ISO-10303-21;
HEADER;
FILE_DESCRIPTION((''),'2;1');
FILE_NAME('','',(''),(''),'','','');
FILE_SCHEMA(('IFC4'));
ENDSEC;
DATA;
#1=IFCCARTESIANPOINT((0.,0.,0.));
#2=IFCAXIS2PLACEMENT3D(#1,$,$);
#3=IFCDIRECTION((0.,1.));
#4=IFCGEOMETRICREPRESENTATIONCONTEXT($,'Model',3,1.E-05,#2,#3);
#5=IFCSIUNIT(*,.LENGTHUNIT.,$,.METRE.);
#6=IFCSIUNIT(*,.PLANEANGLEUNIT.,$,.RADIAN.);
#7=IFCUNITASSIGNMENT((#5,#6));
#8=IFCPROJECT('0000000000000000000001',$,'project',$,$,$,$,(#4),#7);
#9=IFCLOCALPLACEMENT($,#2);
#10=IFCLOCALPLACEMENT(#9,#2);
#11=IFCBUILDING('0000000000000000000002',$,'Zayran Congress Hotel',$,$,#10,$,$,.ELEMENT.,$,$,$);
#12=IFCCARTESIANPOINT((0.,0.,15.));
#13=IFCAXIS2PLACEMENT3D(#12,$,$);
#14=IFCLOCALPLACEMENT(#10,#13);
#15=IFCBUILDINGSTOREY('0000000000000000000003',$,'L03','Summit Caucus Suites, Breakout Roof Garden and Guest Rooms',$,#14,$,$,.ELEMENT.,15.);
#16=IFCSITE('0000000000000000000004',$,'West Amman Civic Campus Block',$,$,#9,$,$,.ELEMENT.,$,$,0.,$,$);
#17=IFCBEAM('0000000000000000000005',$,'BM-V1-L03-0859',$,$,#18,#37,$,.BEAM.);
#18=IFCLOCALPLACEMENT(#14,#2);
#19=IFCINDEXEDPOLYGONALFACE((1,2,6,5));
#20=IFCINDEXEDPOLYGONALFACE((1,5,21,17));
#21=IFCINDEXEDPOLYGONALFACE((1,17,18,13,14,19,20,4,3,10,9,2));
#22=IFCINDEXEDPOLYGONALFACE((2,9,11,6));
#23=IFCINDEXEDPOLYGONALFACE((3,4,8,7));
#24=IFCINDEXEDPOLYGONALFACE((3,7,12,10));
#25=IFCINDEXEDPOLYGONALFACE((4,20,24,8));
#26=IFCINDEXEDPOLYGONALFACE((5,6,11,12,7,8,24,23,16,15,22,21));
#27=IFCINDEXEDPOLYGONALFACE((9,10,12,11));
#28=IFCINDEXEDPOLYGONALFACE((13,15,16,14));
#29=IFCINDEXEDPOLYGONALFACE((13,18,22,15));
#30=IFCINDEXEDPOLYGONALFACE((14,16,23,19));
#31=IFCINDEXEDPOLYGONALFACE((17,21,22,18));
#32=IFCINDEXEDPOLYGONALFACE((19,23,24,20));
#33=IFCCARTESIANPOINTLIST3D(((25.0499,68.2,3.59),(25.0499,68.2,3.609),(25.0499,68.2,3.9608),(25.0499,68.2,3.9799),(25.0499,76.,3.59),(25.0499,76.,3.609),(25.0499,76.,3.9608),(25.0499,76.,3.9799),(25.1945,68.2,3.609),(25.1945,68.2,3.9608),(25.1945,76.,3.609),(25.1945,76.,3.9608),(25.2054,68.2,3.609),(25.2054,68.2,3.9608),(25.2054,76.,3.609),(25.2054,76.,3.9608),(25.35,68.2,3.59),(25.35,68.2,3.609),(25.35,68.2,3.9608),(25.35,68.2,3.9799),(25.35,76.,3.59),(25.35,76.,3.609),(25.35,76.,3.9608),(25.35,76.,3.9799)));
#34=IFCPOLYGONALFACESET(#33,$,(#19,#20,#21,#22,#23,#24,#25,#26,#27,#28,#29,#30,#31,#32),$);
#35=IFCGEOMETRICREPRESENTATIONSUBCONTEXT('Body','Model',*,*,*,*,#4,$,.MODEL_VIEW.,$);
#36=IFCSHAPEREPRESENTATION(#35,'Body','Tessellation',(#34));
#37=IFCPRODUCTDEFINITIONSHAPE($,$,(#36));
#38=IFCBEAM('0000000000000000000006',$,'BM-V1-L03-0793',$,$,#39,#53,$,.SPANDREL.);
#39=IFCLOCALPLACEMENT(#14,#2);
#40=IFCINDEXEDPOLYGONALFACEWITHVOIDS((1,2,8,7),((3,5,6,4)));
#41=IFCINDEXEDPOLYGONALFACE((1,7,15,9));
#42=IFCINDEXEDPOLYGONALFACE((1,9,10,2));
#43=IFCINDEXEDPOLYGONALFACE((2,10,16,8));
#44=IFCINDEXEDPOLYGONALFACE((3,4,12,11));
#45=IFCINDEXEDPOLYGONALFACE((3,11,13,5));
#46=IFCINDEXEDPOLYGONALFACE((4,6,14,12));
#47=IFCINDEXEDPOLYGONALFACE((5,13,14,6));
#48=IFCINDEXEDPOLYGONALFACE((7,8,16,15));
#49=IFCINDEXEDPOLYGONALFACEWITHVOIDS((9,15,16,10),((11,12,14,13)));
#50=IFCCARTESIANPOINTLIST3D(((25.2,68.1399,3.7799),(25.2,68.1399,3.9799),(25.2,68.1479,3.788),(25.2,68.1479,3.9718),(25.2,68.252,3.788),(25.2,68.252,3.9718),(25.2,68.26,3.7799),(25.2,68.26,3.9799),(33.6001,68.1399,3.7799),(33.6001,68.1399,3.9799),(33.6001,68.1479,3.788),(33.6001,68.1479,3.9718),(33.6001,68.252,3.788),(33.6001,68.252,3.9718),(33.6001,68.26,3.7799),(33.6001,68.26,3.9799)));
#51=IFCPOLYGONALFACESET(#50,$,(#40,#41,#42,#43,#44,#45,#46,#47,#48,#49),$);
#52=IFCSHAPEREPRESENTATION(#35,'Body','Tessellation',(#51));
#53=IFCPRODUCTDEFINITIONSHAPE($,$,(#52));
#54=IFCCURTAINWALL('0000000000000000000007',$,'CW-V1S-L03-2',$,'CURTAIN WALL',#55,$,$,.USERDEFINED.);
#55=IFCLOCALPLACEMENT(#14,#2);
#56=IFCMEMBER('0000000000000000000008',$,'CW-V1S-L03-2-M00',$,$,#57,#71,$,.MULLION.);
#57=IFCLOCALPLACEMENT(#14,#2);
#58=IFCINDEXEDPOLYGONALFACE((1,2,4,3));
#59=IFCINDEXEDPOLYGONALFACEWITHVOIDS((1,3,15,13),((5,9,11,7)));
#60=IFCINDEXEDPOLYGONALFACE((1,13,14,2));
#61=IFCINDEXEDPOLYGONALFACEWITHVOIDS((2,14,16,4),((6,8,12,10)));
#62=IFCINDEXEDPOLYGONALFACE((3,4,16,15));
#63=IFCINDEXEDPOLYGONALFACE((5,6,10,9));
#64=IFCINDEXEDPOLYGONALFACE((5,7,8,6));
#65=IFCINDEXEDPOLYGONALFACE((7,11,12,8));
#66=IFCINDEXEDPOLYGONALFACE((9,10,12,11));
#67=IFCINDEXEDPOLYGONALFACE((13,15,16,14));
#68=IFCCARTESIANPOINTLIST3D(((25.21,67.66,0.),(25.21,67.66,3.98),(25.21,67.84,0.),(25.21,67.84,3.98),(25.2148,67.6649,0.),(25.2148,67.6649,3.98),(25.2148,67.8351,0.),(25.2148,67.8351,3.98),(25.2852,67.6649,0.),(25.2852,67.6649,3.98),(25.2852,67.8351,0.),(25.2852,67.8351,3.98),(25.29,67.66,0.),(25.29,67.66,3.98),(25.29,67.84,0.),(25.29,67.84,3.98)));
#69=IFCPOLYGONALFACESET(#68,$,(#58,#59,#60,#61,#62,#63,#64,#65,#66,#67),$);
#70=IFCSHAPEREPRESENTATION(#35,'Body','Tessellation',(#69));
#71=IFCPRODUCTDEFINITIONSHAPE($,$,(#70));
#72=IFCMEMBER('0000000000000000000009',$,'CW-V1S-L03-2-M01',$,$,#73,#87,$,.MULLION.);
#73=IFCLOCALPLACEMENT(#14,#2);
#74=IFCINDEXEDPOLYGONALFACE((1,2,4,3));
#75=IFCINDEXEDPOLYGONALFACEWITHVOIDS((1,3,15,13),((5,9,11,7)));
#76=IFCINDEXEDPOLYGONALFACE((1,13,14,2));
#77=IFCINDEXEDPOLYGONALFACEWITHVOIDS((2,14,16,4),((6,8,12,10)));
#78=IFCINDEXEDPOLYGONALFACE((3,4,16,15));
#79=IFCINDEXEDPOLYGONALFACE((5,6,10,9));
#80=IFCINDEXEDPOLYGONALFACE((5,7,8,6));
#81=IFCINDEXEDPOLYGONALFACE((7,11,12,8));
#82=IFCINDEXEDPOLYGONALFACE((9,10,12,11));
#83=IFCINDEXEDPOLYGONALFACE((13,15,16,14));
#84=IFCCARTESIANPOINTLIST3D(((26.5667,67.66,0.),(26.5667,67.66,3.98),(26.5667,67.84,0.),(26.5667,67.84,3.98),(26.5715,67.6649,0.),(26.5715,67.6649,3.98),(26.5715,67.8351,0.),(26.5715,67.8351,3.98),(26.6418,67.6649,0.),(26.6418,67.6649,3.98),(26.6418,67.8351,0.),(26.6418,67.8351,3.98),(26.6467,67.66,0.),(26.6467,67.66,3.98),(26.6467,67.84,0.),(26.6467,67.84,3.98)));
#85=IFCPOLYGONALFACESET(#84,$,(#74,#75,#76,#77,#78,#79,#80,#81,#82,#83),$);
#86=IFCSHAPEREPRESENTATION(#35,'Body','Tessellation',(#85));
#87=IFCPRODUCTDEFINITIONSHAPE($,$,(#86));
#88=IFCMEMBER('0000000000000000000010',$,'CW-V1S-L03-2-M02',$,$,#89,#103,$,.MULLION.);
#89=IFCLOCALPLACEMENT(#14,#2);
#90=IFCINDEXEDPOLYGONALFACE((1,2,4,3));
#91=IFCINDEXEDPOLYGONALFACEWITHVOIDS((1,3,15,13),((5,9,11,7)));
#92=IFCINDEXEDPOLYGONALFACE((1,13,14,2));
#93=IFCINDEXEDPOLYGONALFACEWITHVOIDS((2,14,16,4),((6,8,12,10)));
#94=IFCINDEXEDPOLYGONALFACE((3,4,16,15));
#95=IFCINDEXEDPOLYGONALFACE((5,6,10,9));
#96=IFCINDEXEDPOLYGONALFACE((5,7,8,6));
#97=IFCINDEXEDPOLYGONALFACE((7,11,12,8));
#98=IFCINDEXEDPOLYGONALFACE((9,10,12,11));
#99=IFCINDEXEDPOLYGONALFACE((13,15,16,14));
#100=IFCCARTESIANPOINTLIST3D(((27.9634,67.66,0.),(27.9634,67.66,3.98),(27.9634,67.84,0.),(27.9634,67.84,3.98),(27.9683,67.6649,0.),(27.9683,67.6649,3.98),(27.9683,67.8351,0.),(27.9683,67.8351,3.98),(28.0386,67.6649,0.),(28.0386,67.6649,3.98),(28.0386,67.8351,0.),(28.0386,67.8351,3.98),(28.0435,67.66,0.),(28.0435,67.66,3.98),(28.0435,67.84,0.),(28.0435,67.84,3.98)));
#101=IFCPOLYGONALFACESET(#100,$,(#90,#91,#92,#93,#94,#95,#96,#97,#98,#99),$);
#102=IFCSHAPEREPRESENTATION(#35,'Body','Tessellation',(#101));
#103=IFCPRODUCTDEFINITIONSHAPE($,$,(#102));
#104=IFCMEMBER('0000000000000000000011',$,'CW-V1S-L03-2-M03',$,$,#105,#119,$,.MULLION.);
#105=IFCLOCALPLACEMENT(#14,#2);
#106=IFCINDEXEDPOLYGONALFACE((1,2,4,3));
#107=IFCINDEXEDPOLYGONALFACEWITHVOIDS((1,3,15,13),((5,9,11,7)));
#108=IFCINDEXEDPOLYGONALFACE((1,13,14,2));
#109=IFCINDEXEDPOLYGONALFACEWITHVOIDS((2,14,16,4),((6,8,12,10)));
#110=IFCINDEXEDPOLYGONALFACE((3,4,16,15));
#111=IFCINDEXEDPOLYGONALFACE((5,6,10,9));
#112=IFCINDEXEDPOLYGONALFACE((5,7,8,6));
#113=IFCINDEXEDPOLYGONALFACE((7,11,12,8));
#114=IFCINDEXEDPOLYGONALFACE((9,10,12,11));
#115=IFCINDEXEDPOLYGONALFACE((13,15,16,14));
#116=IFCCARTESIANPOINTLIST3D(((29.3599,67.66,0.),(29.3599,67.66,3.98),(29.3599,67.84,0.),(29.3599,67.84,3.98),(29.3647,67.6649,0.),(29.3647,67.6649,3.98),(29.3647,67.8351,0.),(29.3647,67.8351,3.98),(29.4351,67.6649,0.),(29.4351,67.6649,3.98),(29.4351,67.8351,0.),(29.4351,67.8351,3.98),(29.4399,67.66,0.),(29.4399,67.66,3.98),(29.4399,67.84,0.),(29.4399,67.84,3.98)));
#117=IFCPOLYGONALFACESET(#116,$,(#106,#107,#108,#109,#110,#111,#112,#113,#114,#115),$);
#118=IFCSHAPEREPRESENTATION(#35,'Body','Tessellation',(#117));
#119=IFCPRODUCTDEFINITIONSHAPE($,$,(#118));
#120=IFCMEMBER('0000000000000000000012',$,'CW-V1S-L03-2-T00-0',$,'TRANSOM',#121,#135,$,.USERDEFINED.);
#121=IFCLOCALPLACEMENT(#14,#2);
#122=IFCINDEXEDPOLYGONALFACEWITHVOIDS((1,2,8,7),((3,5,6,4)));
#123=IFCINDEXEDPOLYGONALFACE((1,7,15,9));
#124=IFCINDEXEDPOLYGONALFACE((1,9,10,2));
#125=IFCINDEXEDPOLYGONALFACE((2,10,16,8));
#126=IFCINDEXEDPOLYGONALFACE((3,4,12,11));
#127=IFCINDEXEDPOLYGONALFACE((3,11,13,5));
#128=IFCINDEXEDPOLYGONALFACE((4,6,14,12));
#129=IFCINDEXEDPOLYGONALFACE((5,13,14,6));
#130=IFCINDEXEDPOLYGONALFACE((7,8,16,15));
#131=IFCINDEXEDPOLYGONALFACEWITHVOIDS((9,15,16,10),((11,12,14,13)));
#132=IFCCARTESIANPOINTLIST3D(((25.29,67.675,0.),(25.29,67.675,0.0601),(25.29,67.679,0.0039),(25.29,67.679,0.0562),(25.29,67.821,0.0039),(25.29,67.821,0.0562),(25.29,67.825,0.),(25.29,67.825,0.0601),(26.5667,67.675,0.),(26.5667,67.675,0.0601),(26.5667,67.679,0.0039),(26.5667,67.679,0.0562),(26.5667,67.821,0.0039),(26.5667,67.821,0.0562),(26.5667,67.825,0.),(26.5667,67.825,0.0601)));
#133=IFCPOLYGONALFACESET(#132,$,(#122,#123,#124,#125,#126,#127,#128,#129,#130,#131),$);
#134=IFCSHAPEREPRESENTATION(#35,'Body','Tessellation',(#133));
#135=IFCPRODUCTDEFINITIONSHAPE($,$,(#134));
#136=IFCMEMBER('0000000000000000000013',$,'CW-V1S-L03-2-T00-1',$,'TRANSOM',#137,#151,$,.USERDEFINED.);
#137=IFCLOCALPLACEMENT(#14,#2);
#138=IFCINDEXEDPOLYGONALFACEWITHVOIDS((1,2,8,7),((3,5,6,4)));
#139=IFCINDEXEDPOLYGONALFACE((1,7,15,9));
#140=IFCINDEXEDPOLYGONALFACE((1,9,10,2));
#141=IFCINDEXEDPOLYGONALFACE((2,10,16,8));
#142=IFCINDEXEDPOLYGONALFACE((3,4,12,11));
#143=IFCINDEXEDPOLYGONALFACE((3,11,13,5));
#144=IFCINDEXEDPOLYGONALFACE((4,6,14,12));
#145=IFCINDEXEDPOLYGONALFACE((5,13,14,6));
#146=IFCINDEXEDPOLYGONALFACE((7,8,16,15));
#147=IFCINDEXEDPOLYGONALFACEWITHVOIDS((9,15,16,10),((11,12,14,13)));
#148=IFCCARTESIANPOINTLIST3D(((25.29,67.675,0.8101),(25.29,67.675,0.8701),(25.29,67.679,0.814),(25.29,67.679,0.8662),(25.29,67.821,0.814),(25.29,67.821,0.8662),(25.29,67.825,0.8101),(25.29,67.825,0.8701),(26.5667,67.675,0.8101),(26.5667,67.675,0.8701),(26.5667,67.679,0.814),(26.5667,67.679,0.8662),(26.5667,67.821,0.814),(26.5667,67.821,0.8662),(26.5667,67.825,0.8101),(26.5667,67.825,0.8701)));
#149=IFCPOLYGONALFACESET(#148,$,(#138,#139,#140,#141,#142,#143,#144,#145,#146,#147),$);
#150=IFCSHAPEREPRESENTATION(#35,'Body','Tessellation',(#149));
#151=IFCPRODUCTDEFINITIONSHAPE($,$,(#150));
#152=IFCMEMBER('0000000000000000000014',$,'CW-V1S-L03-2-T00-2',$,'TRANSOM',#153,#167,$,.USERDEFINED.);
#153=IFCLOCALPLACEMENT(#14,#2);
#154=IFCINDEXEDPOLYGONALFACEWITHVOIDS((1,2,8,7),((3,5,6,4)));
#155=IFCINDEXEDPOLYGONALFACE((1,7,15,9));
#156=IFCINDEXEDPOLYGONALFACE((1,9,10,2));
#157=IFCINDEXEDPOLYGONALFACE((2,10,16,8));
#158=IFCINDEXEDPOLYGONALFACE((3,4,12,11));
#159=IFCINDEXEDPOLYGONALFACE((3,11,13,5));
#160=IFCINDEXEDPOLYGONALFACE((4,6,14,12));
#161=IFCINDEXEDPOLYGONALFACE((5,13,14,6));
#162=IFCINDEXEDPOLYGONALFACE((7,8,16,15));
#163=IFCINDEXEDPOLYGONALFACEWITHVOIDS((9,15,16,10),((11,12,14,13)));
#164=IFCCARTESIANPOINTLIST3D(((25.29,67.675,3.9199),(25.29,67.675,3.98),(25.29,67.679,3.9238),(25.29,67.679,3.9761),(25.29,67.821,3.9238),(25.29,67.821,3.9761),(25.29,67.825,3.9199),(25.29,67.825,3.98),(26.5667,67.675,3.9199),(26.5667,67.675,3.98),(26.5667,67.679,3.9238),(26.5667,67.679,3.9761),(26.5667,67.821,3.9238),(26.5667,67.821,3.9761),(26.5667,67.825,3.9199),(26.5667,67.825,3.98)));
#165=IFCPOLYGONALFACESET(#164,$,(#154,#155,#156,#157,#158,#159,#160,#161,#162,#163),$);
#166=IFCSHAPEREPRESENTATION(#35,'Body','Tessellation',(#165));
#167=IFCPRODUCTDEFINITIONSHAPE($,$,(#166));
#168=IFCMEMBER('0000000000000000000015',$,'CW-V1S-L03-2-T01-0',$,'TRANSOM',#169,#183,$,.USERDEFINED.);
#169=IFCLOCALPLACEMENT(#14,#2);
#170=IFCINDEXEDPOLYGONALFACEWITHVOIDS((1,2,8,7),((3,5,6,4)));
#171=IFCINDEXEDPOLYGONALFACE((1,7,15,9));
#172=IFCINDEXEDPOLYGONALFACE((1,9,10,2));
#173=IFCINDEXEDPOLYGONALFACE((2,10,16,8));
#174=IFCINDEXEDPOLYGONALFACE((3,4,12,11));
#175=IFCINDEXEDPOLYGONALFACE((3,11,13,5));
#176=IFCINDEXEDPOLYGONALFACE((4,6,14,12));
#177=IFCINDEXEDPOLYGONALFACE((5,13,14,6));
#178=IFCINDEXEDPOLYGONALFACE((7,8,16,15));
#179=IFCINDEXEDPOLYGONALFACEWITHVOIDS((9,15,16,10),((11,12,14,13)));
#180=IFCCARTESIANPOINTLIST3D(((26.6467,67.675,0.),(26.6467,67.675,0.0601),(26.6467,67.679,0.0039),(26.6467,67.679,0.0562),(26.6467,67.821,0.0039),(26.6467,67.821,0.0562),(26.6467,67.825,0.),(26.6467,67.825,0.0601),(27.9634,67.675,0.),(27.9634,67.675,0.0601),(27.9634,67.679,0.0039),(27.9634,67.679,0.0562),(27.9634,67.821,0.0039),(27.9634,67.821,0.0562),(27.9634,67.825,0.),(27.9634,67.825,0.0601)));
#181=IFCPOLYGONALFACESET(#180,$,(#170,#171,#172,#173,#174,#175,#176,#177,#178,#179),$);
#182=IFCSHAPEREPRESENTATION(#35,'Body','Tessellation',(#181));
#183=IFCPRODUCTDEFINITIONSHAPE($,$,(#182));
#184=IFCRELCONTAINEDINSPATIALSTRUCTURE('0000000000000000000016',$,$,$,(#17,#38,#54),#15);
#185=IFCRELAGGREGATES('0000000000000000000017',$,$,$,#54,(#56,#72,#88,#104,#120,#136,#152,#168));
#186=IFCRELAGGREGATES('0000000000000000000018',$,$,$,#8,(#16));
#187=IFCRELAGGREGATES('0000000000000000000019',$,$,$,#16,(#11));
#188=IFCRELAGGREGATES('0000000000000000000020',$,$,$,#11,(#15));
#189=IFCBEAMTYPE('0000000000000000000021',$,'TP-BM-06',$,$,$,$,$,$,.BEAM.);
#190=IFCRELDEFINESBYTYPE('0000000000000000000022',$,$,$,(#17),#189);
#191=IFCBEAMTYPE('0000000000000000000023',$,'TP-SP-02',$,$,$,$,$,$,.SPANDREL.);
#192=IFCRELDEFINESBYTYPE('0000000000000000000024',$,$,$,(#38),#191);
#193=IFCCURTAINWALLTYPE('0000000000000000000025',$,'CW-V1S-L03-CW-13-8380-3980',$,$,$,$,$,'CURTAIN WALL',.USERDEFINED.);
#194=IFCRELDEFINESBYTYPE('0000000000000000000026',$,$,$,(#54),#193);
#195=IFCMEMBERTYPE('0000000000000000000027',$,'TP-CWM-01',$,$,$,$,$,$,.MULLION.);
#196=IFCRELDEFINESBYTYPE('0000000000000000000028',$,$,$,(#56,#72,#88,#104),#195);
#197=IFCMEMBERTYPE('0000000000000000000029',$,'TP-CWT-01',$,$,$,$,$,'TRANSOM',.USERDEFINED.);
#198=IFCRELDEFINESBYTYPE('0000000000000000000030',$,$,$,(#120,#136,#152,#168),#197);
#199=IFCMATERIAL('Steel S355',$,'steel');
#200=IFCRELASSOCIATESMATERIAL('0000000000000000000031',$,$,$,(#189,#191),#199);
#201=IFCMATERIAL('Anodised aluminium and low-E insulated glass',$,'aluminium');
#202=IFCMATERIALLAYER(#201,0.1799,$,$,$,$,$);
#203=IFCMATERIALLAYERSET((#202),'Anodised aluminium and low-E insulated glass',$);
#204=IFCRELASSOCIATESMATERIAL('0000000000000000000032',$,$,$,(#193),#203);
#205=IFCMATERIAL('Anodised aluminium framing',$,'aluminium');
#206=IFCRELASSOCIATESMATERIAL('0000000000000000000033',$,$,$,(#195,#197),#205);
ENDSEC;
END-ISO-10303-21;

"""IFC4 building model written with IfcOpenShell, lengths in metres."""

from ifc_helpers import new_model, si_unit, direction, frame, origin, origin_2d, place, context, subcontext, project, spatial, hollow_rectangle, i_section, extrude, material, layer, layer_set, material_profile, profile_set, type_object, element, aggregate, save


model = new_model("IFC4")

# Units and contexts
model_context = context("Model", 3, precision=1e-05, world=origin(), true_north=direction((0.0, 1.0)))
body_context = subcontext(model_context, "Body", "Model", "MODEL_VIEW")
ifc_project = project(units=[si_unit("LENGTHUNIT", "METRE"), si_unit("PLANEANGLEUNIT", "RADIAN")], contexts=[model_context])

# Site, building, storey
site_placement = place(None, origin())
site = spatial("IfcSite", under=ifc_project, at=site_placement, Name="West Amman Civic Campus Block", CompositionType="ELEMENT", RefElevation=0.0)
building_placement = place(site_placement, origin())
building = spatial("IfcBuilding", under=site, at=building_placement, Name="Zayran Congress Hotel", CompositionType="ELEMENT")
storey_placement = place(building_placement, frame((0.0, 0.0, 15.0)))
storey = spatial("IfcBuildingStorey", under=building, at=storey_placement, Name="L03", Description="Summit Caucus Suites, Breakout Roof Garden and Guest Rooms", CompositionType="ELEMENT", Elevation=15.0)

# Beams
ifc_material_1 = material(Name="Steel S355", Category="steel")
ifc_material_profile_1 = material_profile(ifc_material_1, i_section(OverallWidth=0.3, OverallDepth=0.3899, WebThickness=0.011, FlangeThickness=0.019, at=origin_2d()), Name="HEA 400")
ifc_profile_set_1 = profile_set([ifc_material_profile_1], Name="Steel S355")
beam_type_1 = type_object("IfcBeamType", Name="TP-BM-06", PredefinedType="BEAM", material=ifc_profile_set_1)
beam_1_placement = place(storey_placement, frame((25.2, 68.2, 3.7849), z_axis=(0.0, 1.0, 0.0), x_axis=(-1.0, 0.0, 0.0)))
element("IfcBeam", 1, at=beam_1_placement, inside=storey, type_object=beam_type_1, Name="BM-V1-L03-0859", PredefinedType="BEAM", context=body_context, shape_type="SweptSolid", body=[
    extrude(i_section(OverallWidth=0.3, OverallDepth=0.3899, WebThickness=0.011, FlangeThickness=0.019, at=origin_2d()), origin(), (0.0, 0.0, 1.0), 7.8),
])
ifc_material_profile_2 = material_profile(ifc_material_1, hollow_rectangle(XDim=0.1201, YDim=0.2, WallThickness=0.0081, at=origin_2d()), Name="RHS 200x120x8")
ifc_profile_set_2 = profile_set([ifc_material_profile_2], Name="Steel S355")
beam_type_2 = type_object("IfcBeamType", Name="TP-SP-02", PredefinedType="SPANDREL", material=ifc_profile_set_2)
beam_2_placement = place(storey_placement, frame((25.2, 68.2, 3.8799), z_axis=(1.0, 0.0, 0.0), x_axis=(0.0, 1.0, 0.0)))
element("IfcBeam", 2, at=beam_2_placement, inside=storey, type_object=beam_type_2, Name="BM-V1-L03-0793", PredefinedType="SPANDREL", context=body_context, shape_type="SweptSolid", body=[
    extrude(hollow_rectangle(XDim=0.1201, YDim=0.2, WallThickness=0.0081, at=origin_2d()), origin(), (0.0, 0.0, 1.0), 8.4001),
])

# Curtain wall, members
ifc_material_2 = material(Name="Anodised aluminium and low-E insulated glass", Category="aluminium")
ifc_layer_1 = layer(ifc_material_2, 0.1799)
ifc_layer_set_1 = layer_set([ifc_layer_1], Name="Anodised aluminium and low-E insulated glass")
curtain_wall_type = type_object("IfcCurtainWallType", Name="CW-V1S-L03-CW-13-8380-3980", ElementType="CURTAIN WALL", PredefinedType="USERDEFINED", material=ifc_layer_set_1)
curtain_wall_placement = place(storey_placement, origin())
curtain_wall = element("IfcCurtainWall", 3, at=curtain_wall_placement, inside=storey, type_object=curtain_wall_type, Name="CW-V1S-L03-2", ObjectType="CURTAIN WALL", PredefinedType="USERDEFINED")
ifc_material_3 = material(Name="Anodised aluminium framing", Category="aluminium")
ifc_material_profile_3 = material_profile(ifc_material_3, hollow_rectangle(XDim=0.0801, YDim=0.1799, WallThickness=0.0049, at=origin_2d()), Name="RHS 180x80x5")
ifc_profile_set_3 = profile_set([ifc_material_profile_3], Name="Anodised aluminium framing")
member_type_1 = type_object("IfcMemberType", Name="TP-CWM-01", PredefinedType="MULLION", material=ifc_profile_set_3)
member_1_placement = place(storey_placement, frame((25.25, 67.75, 0.0), z_axis=(0.0, 0.0, 1.0), x_axis=(1.0, 0.0, 0.0)))
member_1 = element("IfcMember", 4, at=member_1_placement, type_object=member_type_1, Name="CW-V1S-L03-2-M00", PredefinedType="MULLION", context=body_context, shape_type="SweptSolid", body=[
    extrude(hollow_rectangle(XDim=0.0801, YDim=0.1799, WallThickness=0.0049, at=origin_2d()), origin(), (0.0, 0.0, 1.0), 3.98),
])
member_2_placement = place(storey_placement, frame((26.6067, 67.75, 0.0), z_axis=(0.0, 0.0, 1.0), x_axis=(1.0, 0.0, 0.0)))
member_2 = element("IfcMember", 5, at=member_2_placement, type_object=member_type_1, Name="CW-V1S-L03-2-M01", PredefinedType="MULLION", context=body_context, shape_type="SweptSolid", body=[
    extrude(hollow_rectangle(XDim=0.0801, YDim=0.1799, WallThickness=0.0049, at=origin_2d()), origin(), (0.0, 0.0, 1.0), 3.98),
])
member_3_placement = place(storey_placement, frame((28.0034, 67.75, 0.0), z_axis=(0.0, 0.0, 1.0), x_axis=(1.0, 0.0, 0.0)))
member_3 = element("IfcMember", 6, at=member_3_placement, type_object=member_type_1, Name="CW-V1S-L03-2-M02", PredefinedType="MULLION", context=body_context, shape_type="SweptSolid", body=[
    extrude(hollow_rectangle(XDim=0.0801, YDim=0.1799, WallThickness=0.0049, at=origin_2d()), origin(), (0.0, 0.0, 1.0), 3.98),
])
member_4_placement = place(storey_placement, frame((29.3999, 67.75, 0.0), z_axis=(0.0, 0.0, 1.0), x_axis=(1.0, 0.0, 0.0)))
member_4 = element("IfcMember", 7, at=member_4_placement, type_object=member_type_1, Name="CW-V1S-L03-2-M03", PredefinedType="MULLION", context=body_context, shape_type="SweptSolid", body=[
    extrude(hollow_rectangle(XDim=0.0801, YDim=0.1799, WallThickness=0.0049, at=origin_2d()), origin(), (0.0, 0.0, 1.0), 3.98),
])
ifc_material_profile_4 = material_profile(ifc_material_3, hollow_rectangle(XDim=0.0601, YDim=0.1499, WallThickness=0.0039, at=origin_2d()), Name="RHS 150x60x4")
ifc_profile_set_4 = profile_set([ifc_material_profile_4], Name="Anodised aluminium framing")
member_type_2 = type_object("IfcMemberType", Name="TP-CWT-01", ElementType="TRANSOM", PredefinedType="USERDEFINED", material=ifc_profile_set_4)
member_5_placement = place(storey_placement, frame((25.29, 67.75, 0.03), z_axis=(1.0, 0.0, 0.0), x_axis=(0.0, 0.0, 1.0)))
member_5 = element("IfcMember", 8, at=member_5_placement, type_object=member_type_2, Name="CW-V1S-L03-2-T00-0", ObjectType="TRANSOM", PredefinedType="USERDEFINED", context=body_context, shape_type="SweptSolid", body=[
    extrude(hollow_rectangle(XDim=0.0601, YDim=0.1499, WallThickness=0.0039, at=origin_2d()), origin(), (0.0, 0.0, 1.0), 1.2766),
])
member_6_placement = place(storey_placement, frame((25.29, 67.75, 0.8401), z_axis=(1.0, 0.0, 0.0), x_axis=(0.0, 0.0, 1.0)))
member_6 = element("IfcMember", 9, at=member_6_placement, type_object=member_type_2, Name="CW-V1S-L03-2-T00-1", ObjectType="TRANSOM", PredefinedType="USERDEFINED", context=body_context, shape_type="SweptSolid", body=[
    extrude(hollow_rectangle(XDim=0.0601, YDim=0.1499, WallThickness=0.0039, at=origin_2d()), origin(), (0.0, 0.0, 1.0), 1.2766),
])
member_7_placement = place(storey_placement, frame((25.29, 67.75, 3.95), z_axis=(1.0, 0.0, 0.0), x_axis=(0.0, 0.0, 1.0)))
member_7 = element("IfcMember", 10, at=member_7_placement, type_object=member_type_2, Name="CW-V1S-L03-2-T00-2", ObjectType="TRANSOM", PredefinedType="USERDEFINED", context=body_context, shape_type="SweptSolid", body=[
    extrude(hollow_rectangle(XDim=0.0601, YDim=0.1499, WallThickness=0.0039, at=origin_2d()), origin(), (0.0, 0.0, 1.0), 1.2766),
])
member_8_placement = place(storey_placement, frame((26.6467, 67.75, 0.03), z_axis=(1.0, 0.0, 0.0), x_axis=(0.0, 0.0, 1.0)))
member_8 = element("IfcMember", 11, at=member_8_placement, type_object=member_type_2, Name="CW-V1S-L03-2-T01-0", ObjectType="TRANSOM", PredefinedType="USERDEFINED", context=body_context, shape_type="SweptSolid", body=[
    extrude(hollow_rectangle(XDim=0.0601, YDim=0.1499, WallThickness=0.0039, at=origin_2d()), origin(), (0.0, 0.0, 1.0), 1.3167),
])
aggregate(curtain_wall, [member_1, member_2, member_3, member_4, member_5, member_6, member_7, member_8])

save(model, "model.ifc")
